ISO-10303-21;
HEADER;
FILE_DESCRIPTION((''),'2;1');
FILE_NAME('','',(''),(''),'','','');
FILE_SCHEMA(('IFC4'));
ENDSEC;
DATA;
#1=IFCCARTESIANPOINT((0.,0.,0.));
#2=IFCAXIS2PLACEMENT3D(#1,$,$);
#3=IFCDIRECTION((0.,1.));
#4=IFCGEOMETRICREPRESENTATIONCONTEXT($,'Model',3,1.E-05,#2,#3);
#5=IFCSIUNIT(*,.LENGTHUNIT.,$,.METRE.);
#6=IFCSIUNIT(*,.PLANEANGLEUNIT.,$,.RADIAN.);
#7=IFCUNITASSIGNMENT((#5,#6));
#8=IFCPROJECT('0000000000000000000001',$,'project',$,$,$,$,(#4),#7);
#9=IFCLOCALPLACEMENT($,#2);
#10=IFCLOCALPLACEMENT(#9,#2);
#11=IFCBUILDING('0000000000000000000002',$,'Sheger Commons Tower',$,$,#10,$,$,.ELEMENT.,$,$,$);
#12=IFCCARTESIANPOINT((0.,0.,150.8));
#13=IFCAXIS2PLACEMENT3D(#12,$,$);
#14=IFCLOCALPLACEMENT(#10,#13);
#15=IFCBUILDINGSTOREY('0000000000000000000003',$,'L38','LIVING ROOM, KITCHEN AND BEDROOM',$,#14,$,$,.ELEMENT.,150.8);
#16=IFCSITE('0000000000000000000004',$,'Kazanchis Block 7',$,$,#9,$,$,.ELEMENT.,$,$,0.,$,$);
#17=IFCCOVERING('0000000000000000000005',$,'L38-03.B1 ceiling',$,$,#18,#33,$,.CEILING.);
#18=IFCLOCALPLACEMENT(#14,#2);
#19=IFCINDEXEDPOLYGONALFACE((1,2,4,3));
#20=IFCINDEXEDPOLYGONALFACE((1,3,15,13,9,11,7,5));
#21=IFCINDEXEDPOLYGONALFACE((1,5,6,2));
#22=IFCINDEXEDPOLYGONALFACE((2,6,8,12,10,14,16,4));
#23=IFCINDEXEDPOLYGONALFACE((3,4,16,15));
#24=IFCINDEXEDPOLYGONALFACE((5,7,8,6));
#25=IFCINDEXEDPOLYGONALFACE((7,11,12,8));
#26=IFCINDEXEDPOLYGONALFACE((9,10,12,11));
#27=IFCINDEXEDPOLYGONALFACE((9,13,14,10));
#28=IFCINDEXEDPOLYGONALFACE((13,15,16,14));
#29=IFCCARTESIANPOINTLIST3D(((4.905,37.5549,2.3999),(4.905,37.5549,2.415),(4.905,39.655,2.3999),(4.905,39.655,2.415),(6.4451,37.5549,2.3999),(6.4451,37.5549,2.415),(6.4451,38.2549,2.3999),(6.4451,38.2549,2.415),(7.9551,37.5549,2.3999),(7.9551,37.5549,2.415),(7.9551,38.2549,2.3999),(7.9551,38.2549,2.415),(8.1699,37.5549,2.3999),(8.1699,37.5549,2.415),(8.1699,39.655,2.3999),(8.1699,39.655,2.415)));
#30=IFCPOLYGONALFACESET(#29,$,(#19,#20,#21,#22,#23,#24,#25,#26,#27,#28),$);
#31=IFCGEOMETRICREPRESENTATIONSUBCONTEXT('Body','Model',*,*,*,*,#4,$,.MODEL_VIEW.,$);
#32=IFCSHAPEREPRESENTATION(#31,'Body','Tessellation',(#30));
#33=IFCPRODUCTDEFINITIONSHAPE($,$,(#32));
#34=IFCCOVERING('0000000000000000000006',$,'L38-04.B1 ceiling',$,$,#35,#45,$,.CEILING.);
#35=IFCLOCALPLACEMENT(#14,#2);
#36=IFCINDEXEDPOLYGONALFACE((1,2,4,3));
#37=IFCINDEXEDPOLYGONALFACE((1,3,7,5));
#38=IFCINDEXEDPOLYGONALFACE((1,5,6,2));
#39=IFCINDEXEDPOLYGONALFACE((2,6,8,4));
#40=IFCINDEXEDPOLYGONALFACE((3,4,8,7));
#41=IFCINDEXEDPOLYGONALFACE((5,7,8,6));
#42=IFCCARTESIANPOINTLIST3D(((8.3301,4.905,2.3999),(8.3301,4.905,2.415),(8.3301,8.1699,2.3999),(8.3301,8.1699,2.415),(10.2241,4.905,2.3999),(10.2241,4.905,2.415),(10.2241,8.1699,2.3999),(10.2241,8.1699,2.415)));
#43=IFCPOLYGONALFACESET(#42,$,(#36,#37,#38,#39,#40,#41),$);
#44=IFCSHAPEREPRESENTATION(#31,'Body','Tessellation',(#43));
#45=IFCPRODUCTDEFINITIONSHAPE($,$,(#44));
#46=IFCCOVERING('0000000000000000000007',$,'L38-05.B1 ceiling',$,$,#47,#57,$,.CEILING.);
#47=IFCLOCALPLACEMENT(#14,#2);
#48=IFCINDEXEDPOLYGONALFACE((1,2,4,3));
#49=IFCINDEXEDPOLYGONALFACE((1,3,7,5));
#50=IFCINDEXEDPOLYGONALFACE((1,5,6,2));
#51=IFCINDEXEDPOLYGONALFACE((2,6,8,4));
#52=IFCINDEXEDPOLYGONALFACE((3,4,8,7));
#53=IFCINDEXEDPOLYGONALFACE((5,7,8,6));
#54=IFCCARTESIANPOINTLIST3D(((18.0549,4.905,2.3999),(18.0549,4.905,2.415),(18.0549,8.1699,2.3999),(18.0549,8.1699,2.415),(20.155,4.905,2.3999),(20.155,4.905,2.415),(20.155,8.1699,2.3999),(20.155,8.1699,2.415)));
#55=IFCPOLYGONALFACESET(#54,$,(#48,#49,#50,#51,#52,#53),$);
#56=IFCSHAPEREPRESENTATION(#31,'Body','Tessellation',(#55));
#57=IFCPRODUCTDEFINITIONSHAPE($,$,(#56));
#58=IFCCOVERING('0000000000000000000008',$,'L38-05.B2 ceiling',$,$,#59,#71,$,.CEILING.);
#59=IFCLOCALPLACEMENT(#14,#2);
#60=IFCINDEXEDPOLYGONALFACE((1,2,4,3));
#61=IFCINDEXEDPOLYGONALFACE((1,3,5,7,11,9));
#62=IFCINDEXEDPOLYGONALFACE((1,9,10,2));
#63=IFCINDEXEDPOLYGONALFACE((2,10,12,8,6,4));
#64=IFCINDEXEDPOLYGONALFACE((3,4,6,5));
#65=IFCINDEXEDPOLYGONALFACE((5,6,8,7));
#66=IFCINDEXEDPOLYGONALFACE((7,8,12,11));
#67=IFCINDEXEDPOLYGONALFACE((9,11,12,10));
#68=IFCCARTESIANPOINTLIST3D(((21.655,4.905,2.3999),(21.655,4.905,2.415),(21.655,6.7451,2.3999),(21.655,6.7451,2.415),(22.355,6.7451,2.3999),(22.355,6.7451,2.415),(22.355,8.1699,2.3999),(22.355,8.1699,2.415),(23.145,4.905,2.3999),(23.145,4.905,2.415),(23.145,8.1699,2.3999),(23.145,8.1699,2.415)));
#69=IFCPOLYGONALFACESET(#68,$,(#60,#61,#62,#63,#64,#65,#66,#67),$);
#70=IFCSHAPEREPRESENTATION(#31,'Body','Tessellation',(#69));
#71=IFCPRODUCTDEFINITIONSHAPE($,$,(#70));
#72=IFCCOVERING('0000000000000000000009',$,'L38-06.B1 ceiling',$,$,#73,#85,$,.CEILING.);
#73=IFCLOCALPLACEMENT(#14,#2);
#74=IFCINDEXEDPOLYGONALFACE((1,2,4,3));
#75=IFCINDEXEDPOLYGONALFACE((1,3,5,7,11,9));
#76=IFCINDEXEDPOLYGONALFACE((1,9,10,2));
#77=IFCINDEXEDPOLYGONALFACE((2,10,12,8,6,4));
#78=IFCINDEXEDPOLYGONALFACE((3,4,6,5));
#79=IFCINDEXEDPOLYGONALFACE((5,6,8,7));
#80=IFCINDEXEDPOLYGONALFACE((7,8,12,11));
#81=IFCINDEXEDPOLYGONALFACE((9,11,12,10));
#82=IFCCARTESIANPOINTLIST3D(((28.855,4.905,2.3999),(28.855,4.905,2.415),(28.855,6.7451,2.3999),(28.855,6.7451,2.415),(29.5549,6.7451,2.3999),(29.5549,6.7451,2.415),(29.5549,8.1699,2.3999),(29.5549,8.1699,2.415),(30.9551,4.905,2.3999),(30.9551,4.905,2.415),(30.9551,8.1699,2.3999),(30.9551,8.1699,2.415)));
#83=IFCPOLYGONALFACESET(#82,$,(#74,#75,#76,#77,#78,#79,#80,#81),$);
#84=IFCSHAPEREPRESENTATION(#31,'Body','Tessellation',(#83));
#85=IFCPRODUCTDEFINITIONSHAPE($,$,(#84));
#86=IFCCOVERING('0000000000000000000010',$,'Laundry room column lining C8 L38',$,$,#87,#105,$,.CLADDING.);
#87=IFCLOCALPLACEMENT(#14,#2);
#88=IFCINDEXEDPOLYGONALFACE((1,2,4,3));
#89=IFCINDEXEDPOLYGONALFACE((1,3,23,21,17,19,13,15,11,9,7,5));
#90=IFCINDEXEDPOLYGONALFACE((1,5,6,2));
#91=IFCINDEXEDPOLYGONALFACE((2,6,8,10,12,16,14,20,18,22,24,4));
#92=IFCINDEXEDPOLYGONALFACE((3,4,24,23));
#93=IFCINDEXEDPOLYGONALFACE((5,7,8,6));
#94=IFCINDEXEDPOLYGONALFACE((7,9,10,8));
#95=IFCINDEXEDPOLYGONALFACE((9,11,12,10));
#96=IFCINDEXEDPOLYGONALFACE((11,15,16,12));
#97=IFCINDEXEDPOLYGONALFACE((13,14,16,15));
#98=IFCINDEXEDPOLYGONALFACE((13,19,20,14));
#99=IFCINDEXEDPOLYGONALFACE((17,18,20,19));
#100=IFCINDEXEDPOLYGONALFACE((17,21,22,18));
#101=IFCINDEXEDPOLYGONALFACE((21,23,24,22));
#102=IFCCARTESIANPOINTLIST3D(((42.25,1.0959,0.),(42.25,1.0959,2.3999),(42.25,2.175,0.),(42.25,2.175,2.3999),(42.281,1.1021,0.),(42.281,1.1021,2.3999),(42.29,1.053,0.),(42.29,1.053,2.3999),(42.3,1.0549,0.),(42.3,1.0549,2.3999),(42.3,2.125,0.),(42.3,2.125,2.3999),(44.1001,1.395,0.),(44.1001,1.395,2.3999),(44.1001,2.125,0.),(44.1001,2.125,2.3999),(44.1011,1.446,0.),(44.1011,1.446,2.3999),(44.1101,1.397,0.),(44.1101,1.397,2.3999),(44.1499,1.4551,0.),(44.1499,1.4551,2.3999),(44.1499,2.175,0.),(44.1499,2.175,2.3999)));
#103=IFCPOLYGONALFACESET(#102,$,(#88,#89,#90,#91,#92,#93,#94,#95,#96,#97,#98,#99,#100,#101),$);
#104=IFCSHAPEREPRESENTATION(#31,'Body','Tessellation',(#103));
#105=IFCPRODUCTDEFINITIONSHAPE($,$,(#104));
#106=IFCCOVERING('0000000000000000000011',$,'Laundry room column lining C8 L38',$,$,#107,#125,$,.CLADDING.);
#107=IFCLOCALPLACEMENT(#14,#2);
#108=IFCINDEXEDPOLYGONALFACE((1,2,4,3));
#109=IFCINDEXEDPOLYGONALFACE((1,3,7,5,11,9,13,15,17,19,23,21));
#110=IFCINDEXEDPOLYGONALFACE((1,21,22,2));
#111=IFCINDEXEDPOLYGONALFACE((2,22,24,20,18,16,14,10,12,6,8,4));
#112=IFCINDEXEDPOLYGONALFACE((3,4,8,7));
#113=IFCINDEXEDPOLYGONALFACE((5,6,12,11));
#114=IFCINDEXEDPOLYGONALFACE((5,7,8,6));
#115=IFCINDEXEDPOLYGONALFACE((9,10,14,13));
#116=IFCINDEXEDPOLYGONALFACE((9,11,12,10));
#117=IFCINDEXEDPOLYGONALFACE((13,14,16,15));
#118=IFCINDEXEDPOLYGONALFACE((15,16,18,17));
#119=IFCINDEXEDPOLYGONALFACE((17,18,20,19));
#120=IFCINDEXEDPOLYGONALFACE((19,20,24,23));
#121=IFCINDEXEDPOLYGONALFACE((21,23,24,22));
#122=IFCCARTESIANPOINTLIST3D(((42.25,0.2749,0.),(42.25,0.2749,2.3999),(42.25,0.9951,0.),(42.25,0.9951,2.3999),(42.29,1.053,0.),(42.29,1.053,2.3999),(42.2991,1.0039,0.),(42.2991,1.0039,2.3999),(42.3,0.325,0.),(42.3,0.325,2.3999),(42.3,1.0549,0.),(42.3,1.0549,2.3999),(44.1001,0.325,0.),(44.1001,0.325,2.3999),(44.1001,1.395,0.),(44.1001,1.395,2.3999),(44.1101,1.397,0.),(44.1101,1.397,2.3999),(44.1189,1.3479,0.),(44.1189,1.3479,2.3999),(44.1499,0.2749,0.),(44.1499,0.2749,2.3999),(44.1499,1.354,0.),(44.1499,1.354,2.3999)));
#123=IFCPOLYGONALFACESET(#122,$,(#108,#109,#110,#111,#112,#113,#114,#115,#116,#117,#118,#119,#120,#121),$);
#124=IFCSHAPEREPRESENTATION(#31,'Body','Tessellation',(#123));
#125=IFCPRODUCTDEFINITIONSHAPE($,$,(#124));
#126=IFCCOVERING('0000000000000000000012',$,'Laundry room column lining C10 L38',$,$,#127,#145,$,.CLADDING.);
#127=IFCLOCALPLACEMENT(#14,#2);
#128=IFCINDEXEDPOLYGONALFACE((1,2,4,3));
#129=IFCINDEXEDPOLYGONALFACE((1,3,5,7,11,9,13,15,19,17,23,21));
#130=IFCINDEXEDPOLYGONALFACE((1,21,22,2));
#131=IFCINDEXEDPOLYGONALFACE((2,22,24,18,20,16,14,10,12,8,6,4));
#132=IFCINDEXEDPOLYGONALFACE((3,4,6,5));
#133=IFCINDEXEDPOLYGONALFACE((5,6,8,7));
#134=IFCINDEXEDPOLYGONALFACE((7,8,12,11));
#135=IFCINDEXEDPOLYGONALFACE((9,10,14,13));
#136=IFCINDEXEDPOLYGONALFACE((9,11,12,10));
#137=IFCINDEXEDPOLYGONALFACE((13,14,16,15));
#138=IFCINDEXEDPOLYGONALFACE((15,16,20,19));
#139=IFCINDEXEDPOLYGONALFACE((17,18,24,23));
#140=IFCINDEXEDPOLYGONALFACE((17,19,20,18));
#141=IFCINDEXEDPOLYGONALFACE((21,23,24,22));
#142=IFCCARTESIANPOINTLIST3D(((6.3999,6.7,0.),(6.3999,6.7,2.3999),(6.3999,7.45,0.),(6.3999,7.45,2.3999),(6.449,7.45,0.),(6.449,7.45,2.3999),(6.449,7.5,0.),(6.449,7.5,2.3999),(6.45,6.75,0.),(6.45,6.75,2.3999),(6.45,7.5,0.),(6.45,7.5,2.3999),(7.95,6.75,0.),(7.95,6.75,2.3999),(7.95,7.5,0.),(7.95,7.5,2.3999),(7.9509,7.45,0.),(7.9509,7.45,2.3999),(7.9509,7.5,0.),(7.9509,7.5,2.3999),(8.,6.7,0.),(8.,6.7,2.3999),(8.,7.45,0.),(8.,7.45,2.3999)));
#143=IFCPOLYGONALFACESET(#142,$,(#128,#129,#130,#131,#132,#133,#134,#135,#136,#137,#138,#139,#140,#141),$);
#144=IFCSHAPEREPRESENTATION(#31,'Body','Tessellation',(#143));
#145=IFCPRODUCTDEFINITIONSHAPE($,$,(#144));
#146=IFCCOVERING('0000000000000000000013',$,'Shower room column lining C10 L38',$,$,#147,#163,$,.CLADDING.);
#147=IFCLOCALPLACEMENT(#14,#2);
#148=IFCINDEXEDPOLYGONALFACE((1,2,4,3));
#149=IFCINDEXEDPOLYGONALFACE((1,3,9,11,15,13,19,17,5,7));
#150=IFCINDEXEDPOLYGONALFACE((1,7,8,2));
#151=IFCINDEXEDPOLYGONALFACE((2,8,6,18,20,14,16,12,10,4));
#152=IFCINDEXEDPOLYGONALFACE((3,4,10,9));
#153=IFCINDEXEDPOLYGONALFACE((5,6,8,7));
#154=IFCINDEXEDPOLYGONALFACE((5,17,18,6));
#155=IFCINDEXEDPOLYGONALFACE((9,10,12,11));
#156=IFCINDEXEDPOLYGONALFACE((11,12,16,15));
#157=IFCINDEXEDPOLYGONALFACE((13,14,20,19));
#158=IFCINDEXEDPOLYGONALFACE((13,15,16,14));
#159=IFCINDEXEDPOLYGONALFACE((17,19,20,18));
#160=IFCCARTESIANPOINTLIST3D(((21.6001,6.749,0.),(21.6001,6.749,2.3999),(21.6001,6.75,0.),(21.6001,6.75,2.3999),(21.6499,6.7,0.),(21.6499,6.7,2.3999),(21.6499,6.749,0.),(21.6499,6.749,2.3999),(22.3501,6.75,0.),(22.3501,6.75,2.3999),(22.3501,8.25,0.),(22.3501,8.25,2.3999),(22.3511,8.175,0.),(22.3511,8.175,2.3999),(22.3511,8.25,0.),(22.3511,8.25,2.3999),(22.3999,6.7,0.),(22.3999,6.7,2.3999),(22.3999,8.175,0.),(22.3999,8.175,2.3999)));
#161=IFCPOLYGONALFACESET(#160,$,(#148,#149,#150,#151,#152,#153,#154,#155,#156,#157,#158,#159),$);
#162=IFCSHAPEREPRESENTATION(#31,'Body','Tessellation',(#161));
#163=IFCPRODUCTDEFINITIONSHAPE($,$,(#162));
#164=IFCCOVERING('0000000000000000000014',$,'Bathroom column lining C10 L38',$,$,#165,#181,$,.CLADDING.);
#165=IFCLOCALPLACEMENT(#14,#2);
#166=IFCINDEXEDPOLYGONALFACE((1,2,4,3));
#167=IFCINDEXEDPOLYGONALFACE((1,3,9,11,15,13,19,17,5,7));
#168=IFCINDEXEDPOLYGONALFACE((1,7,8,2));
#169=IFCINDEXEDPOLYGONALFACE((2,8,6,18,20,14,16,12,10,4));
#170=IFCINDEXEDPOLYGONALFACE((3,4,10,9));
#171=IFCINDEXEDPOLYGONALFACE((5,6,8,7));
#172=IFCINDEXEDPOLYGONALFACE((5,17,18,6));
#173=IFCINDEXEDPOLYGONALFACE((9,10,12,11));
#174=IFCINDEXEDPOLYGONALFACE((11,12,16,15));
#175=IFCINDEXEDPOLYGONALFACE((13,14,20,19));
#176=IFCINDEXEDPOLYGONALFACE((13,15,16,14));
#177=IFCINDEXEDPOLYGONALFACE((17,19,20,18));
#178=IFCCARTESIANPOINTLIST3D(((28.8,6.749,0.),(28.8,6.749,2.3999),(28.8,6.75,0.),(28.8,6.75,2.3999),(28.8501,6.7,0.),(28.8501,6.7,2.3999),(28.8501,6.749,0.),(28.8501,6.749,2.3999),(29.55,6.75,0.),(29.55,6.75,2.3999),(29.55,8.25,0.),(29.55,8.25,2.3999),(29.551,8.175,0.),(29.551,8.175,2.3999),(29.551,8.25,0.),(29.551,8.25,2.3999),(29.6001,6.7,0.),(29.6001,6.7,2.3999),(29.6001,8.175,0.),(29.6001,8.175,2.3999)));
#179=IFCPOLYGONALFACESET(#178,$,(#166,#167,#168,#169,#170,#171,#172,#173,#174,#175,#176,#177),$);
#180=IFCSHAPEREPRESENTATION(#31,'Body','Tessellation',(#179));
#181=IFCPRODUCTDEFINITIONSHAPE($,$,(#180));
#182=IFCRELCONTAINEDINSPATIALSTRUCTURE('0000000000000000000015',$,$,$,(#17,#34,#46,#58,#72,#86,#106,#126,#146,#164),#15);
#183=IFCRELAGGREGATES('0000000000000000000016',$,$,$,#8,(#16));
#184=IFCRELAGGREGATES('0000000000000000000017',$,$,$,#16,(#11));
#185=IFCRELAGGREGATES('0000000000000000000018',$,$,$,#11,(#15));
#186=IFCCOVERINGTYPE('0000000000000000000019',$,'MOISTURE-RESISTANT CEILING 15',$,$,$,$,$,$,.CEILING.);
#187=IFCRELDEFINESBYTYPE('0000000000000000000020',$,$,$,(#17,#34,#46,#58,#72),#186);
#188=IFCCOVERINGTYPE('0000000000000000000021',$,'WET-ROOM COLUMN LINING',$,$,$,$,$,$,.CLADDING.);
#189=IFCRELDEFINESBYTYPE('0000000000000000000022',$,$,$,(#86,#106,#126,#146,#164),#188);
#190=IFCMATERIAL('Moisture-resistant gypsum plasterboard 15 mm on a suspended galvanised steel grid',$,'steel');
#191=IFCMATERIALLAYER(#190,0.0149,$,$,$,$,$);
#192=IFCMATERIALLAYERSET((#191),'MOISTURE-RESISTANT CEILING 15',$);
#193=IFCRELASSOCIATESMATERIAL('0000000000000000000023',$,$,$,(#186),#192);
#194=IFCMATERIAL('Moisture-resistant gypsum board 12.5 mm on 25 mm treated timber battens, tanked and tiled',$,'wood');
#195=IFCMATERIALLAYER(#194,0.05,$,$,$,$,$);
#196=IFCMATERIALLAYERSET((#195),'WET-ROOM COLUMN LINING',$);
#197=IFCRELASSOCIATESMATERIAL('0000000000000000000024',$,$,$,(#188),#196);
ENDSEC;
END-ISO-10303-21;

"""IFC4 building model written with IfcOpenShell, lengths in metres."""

from ifc_helpers import new_model, si_unit, direction, frame, origin, place, context, subcontext, project, spatial, polyline, outline, extrude, material, layer, layer_set, type_object, element, save


model = new_model("IFC4")

# Units and contexts
model_context = context("Model", 3, precision=1e-05, world=origin(), true_north=direction((0.0, 1.0)))
body_context = subcontext(model_context, "Body", "Model", "MODEL_VIEW")
ifc_project = project(units=[si_unit("LENGTHUNIT", "METRE"), si_unit("PLANEANGLEUNIT", "RADIAN")], contexts=[model_context])

# Site, building, storey
site_placement = place(None, origin())
site = spatial("IfcSite", under=ifc_project, at=site_placement, Name="Kazanchis Block 7", CompositionType="ELEMENT", RefElevation=0.0)
building_placement = place(site_placement, origin())
building = spatial("IfcBuilding", under=site, at=building_placement, Name="Sheger Commons Tower", CompositionType="ELEMENT")
storey_placement = place(building_placement, frame((0.0, 0.0, 150.8)))
storey = spatial("IfcBuildingStorey", under=building, at=storey_placement, Name="L38", Description="LIVING ROOM, KITCHEN AND BEDROOM", CompositionType="ELEMENT", Elevation=150.8)

# Coverings
ifc_material_1 = material(Name="Moisture-resistant gypsum plasterboard 15 mm on a suspended galvanised steel grid", Category="steel")
ifc_layer_1 = layer(ifc_material_1, 0.0149)
ifc_layer_set_1 = layer_set([ifc_layer_1], Name="MOISTURE-RESISTANT CEILING 15")
covering_type_1 = type_object("IfcCoveringType", Name="MOISTURE-RESISTANT CEILING 15", PredefinedType="CEILING", material=ifc_layer_set_1)
covering_1_placement = place(storey_placement, frame((0.0, 0.0, 2.3999)))
element("IfcCovering", 1, at=covering_1_placement, inside=storey, type_object=covering_type_1, Name="L38-03.B1 ceiling", PredefinedType="CEILING", context=body_context, shape_type="SweptSolid", body=[
    extrude(outline(polyline([(4.905, 37.5549), (6.4451, 37.5549), (6.4451, 38.2549), (7.9551, 38.2549), (7.9551, 37.5549), (8.1699, 37.5549), (8.1699, 39.655), (4.905, 39.655), (4.905, 37.5549)])), origin(), (0.0, 0.0, 1.0), 0.0151),
])
covering_2_placement = place(storey_placement, frame((0.0, 0.0, 2.3999)))
element("IfcCovering", 2, at=covering_2_placement, inside=storey, type_object=covering_type_1, Name="L38-04.B1 ceiling", PredefinedType="CEILING", context=body_context, shape_type="SweptSolid", body=[
    extrude(outline(polyline([(8.3301, 4.905), (10.2241, 4.905), (10.2241, 8.1699), (8.3301, 8.1699), (8.3301, 4.905)])), origin(), (0.0, 0.0, 1.0), 0.0151),
])
covering_3_placement = place(storey_placement, frame((0.0, 0.0, 2.3999)))
element("IfcCovering", 3, at=covering_3_placement, inside=storey, type_object=covering_type_1, Name="L38-05.B1 ceiling", PredefinedType="CEILING", context=body_context, shape_type="SweptSolid", body=[
    extrude(outline(polyline([(18.0549, 4.905), (20.155, 4.905), (20.155, 8.1699), (18.0549, 8.1699), (18.0549, 4.905)])), origin(), (0.0, 0.0, 1.0), 0.0151),
])
covering_4_placement = place(storey_placement, frame((0.0, 0.0, 2.3999)))
element("IfcCovering", 4, at=covering_4_placement, inside=storey, type_object=covering_type_1, Name="L38-05.B2 ceiling", PredefinedType="CEILING", context=body_context, shape_type="SweptSolid", body=[
    extrude(outline(polyline([(21.655, 4.905), (23.145, 4.905), (23.145, 8.1699), (22.355, 8.1699), (22.355, 6.7451), (21.655, 6.7451), (21.655, 4.905)])), origin(), (0.0, 0.0, 1.0), 0.0151),
])
covering_5_placement = place(storey_placement, frame((0.0, 0.0, 2.3999)))
element("IfcCovering", 5, at=covering_5_placement, inside=storey, type_object=covering_type_1, Name="L38-06.B1 ceiling", PredefinedType="CEILING", context=body_context, shape_type="SweptSolid", body=[
    extrude(outline(polyline([(28.855, 4.905), (30.9551, 4.905), (30.9551, 8.1699), (29.5549, 8.1699), (29.5549, 6.7451), (28.855, 6.7451), (28.855, 4.905)])), origin(), (0.0, 0.0, 1.0), 0.0151),
])
ifc_material_2 = material(Name="Moisture-resistant gypsum board 12.5 mm on 25 mm treated timber battens, tanked and tiled", Category="wood")
ifc_layer_2 = layer(ifc_material_2, 0.05)
ifc_layer_set_2 = layer_set([ifc_layer_2], Name="WET-ROOM COLUMN LINING")
covering_type_2 = type_object("IfcCoveringType", Name="WET-ROOM COLUMN LINING", PredefinedType="CLADDING", material=ifc_layer_set_2)
covering_6_placement = place(storey_placement, origin())
element("IfcCovering", 6, at=covering_6_placement, inside=storey, type_object=covering_type_2, Name="Laundry room column lining C8 L38", PredefinedType="CLADDING", context=body_context, shape_type="SweptSolid", body=[
    extrude(outline(polyline([(44.1499, 2.175), (44.1499, 1.4551), (44.1011, 1.446), (44.1101, 1.397), (44.1001, 1.395), (44.1001, 2.125), (42.3, 2.125), (42.3, 1.0549), (42.29, 1.053), (42.281, 1.1021), (42.25, 1.0959), (42.25, 2.175), (44.1499, 2.175)])), origin(), (0.0, 0.0, 1.0), 2.3999),
])
covering_7_placement = place(storey_placement, origin())
element("IfcCovering", 7, at=covering_7_placement, inside=storey, type_object=covering_type_2, Name="Laundry room column lining C8 L38", PredefinedType="CLADDING", context=body_context, shape_type="SweptSolid", body=[
    extrude(outline(polyline([(42.3, 1.0549), (42.3, 0.325), (44.1001, 0.325), (44.1001, 1.395), (44.1101, 1.397), (44.1189, 1.3479), (44.1499, 1.354), (44.1499, 0.2749), (42.25, 0.2749), (42.25, 0.9951), (42.2991, 1.0039), (42.29, 1.053), (42.3, 1.0549)])), origin(), (0.0, 0.0, 1.0), 2.3999),
])
covering_8_placement = place(storey_placement, origin())
element("IfcCovering", 8, at=covering_8_placement, inside=storey, type_object=covering_type_2, Name="Laundry room column lining C10 L38", PredefinedType="CLADDING", context=body_context, shape_type="SweptSolid", body=[
    extrude(outline(polyline([(6.45, 7.5), (6.45, 6.75), (7.95, 6.75), (7.95, 7.5), (7.9509, 7.5), (7.9509, 7.45), (8.0, 7.45), (8.0, 6.7), (6.3999, 6.7), (6.3999, 7.45), (6.449, 7.45), (6.449, 7.5), (6.45, 7.5)])), origin(), (0.0, 0.0, 1.0), 2.3999),
])
covering_9_placement = place(storey_placement, origin())
element("IfcCovering", 9, at=covering_9_placement, inside=storey, type_object=covering_type_2, Name="Shower room column lining C10 L38", PredefinedType="CLADDING", context=body_context, shape_type="SweptSolid", body=[
    extrude(outline(polyline([(21.6499, 6.7), (21.6499, 6.749), (21.6001, 6.749), (21.6001, 6.75), (22.3501, 6.75), (22.3501, 8.25), (22.3511, 8.25), (22.3511, 8.175), (22.3999, 8.175), (22.3999, 6.7), (21.6499, 6.7)])), origin(), (0.0, 0.0, 1.0), 2.3999),
])
covering_10_placement = place(storey_placement, origin())
element("IfcCovering", 10, at=covering_10_placement, inside=storey, type_object=covering_type_2, Name="Bathroom column lining C10 L38", PredefinedType="CLADDING", context=body_context, shape_type="SweptSolid", body=[
    extrude(outline(polyline([(28.8501, 6.7), (28.8501, 6.749), (28.8, 6.749), (28.8, 6.75), (29.55, 6.75), (29.55, 8.25), (29.551, 8.25), (29.551, 8.175), (29.6001, 8.175), (29.6001, 6.7), (28.8501, 6.7)])), origin(), (0.0, 0.0, 1.0), 2.3999),
])

save(model, "model.ifc")
